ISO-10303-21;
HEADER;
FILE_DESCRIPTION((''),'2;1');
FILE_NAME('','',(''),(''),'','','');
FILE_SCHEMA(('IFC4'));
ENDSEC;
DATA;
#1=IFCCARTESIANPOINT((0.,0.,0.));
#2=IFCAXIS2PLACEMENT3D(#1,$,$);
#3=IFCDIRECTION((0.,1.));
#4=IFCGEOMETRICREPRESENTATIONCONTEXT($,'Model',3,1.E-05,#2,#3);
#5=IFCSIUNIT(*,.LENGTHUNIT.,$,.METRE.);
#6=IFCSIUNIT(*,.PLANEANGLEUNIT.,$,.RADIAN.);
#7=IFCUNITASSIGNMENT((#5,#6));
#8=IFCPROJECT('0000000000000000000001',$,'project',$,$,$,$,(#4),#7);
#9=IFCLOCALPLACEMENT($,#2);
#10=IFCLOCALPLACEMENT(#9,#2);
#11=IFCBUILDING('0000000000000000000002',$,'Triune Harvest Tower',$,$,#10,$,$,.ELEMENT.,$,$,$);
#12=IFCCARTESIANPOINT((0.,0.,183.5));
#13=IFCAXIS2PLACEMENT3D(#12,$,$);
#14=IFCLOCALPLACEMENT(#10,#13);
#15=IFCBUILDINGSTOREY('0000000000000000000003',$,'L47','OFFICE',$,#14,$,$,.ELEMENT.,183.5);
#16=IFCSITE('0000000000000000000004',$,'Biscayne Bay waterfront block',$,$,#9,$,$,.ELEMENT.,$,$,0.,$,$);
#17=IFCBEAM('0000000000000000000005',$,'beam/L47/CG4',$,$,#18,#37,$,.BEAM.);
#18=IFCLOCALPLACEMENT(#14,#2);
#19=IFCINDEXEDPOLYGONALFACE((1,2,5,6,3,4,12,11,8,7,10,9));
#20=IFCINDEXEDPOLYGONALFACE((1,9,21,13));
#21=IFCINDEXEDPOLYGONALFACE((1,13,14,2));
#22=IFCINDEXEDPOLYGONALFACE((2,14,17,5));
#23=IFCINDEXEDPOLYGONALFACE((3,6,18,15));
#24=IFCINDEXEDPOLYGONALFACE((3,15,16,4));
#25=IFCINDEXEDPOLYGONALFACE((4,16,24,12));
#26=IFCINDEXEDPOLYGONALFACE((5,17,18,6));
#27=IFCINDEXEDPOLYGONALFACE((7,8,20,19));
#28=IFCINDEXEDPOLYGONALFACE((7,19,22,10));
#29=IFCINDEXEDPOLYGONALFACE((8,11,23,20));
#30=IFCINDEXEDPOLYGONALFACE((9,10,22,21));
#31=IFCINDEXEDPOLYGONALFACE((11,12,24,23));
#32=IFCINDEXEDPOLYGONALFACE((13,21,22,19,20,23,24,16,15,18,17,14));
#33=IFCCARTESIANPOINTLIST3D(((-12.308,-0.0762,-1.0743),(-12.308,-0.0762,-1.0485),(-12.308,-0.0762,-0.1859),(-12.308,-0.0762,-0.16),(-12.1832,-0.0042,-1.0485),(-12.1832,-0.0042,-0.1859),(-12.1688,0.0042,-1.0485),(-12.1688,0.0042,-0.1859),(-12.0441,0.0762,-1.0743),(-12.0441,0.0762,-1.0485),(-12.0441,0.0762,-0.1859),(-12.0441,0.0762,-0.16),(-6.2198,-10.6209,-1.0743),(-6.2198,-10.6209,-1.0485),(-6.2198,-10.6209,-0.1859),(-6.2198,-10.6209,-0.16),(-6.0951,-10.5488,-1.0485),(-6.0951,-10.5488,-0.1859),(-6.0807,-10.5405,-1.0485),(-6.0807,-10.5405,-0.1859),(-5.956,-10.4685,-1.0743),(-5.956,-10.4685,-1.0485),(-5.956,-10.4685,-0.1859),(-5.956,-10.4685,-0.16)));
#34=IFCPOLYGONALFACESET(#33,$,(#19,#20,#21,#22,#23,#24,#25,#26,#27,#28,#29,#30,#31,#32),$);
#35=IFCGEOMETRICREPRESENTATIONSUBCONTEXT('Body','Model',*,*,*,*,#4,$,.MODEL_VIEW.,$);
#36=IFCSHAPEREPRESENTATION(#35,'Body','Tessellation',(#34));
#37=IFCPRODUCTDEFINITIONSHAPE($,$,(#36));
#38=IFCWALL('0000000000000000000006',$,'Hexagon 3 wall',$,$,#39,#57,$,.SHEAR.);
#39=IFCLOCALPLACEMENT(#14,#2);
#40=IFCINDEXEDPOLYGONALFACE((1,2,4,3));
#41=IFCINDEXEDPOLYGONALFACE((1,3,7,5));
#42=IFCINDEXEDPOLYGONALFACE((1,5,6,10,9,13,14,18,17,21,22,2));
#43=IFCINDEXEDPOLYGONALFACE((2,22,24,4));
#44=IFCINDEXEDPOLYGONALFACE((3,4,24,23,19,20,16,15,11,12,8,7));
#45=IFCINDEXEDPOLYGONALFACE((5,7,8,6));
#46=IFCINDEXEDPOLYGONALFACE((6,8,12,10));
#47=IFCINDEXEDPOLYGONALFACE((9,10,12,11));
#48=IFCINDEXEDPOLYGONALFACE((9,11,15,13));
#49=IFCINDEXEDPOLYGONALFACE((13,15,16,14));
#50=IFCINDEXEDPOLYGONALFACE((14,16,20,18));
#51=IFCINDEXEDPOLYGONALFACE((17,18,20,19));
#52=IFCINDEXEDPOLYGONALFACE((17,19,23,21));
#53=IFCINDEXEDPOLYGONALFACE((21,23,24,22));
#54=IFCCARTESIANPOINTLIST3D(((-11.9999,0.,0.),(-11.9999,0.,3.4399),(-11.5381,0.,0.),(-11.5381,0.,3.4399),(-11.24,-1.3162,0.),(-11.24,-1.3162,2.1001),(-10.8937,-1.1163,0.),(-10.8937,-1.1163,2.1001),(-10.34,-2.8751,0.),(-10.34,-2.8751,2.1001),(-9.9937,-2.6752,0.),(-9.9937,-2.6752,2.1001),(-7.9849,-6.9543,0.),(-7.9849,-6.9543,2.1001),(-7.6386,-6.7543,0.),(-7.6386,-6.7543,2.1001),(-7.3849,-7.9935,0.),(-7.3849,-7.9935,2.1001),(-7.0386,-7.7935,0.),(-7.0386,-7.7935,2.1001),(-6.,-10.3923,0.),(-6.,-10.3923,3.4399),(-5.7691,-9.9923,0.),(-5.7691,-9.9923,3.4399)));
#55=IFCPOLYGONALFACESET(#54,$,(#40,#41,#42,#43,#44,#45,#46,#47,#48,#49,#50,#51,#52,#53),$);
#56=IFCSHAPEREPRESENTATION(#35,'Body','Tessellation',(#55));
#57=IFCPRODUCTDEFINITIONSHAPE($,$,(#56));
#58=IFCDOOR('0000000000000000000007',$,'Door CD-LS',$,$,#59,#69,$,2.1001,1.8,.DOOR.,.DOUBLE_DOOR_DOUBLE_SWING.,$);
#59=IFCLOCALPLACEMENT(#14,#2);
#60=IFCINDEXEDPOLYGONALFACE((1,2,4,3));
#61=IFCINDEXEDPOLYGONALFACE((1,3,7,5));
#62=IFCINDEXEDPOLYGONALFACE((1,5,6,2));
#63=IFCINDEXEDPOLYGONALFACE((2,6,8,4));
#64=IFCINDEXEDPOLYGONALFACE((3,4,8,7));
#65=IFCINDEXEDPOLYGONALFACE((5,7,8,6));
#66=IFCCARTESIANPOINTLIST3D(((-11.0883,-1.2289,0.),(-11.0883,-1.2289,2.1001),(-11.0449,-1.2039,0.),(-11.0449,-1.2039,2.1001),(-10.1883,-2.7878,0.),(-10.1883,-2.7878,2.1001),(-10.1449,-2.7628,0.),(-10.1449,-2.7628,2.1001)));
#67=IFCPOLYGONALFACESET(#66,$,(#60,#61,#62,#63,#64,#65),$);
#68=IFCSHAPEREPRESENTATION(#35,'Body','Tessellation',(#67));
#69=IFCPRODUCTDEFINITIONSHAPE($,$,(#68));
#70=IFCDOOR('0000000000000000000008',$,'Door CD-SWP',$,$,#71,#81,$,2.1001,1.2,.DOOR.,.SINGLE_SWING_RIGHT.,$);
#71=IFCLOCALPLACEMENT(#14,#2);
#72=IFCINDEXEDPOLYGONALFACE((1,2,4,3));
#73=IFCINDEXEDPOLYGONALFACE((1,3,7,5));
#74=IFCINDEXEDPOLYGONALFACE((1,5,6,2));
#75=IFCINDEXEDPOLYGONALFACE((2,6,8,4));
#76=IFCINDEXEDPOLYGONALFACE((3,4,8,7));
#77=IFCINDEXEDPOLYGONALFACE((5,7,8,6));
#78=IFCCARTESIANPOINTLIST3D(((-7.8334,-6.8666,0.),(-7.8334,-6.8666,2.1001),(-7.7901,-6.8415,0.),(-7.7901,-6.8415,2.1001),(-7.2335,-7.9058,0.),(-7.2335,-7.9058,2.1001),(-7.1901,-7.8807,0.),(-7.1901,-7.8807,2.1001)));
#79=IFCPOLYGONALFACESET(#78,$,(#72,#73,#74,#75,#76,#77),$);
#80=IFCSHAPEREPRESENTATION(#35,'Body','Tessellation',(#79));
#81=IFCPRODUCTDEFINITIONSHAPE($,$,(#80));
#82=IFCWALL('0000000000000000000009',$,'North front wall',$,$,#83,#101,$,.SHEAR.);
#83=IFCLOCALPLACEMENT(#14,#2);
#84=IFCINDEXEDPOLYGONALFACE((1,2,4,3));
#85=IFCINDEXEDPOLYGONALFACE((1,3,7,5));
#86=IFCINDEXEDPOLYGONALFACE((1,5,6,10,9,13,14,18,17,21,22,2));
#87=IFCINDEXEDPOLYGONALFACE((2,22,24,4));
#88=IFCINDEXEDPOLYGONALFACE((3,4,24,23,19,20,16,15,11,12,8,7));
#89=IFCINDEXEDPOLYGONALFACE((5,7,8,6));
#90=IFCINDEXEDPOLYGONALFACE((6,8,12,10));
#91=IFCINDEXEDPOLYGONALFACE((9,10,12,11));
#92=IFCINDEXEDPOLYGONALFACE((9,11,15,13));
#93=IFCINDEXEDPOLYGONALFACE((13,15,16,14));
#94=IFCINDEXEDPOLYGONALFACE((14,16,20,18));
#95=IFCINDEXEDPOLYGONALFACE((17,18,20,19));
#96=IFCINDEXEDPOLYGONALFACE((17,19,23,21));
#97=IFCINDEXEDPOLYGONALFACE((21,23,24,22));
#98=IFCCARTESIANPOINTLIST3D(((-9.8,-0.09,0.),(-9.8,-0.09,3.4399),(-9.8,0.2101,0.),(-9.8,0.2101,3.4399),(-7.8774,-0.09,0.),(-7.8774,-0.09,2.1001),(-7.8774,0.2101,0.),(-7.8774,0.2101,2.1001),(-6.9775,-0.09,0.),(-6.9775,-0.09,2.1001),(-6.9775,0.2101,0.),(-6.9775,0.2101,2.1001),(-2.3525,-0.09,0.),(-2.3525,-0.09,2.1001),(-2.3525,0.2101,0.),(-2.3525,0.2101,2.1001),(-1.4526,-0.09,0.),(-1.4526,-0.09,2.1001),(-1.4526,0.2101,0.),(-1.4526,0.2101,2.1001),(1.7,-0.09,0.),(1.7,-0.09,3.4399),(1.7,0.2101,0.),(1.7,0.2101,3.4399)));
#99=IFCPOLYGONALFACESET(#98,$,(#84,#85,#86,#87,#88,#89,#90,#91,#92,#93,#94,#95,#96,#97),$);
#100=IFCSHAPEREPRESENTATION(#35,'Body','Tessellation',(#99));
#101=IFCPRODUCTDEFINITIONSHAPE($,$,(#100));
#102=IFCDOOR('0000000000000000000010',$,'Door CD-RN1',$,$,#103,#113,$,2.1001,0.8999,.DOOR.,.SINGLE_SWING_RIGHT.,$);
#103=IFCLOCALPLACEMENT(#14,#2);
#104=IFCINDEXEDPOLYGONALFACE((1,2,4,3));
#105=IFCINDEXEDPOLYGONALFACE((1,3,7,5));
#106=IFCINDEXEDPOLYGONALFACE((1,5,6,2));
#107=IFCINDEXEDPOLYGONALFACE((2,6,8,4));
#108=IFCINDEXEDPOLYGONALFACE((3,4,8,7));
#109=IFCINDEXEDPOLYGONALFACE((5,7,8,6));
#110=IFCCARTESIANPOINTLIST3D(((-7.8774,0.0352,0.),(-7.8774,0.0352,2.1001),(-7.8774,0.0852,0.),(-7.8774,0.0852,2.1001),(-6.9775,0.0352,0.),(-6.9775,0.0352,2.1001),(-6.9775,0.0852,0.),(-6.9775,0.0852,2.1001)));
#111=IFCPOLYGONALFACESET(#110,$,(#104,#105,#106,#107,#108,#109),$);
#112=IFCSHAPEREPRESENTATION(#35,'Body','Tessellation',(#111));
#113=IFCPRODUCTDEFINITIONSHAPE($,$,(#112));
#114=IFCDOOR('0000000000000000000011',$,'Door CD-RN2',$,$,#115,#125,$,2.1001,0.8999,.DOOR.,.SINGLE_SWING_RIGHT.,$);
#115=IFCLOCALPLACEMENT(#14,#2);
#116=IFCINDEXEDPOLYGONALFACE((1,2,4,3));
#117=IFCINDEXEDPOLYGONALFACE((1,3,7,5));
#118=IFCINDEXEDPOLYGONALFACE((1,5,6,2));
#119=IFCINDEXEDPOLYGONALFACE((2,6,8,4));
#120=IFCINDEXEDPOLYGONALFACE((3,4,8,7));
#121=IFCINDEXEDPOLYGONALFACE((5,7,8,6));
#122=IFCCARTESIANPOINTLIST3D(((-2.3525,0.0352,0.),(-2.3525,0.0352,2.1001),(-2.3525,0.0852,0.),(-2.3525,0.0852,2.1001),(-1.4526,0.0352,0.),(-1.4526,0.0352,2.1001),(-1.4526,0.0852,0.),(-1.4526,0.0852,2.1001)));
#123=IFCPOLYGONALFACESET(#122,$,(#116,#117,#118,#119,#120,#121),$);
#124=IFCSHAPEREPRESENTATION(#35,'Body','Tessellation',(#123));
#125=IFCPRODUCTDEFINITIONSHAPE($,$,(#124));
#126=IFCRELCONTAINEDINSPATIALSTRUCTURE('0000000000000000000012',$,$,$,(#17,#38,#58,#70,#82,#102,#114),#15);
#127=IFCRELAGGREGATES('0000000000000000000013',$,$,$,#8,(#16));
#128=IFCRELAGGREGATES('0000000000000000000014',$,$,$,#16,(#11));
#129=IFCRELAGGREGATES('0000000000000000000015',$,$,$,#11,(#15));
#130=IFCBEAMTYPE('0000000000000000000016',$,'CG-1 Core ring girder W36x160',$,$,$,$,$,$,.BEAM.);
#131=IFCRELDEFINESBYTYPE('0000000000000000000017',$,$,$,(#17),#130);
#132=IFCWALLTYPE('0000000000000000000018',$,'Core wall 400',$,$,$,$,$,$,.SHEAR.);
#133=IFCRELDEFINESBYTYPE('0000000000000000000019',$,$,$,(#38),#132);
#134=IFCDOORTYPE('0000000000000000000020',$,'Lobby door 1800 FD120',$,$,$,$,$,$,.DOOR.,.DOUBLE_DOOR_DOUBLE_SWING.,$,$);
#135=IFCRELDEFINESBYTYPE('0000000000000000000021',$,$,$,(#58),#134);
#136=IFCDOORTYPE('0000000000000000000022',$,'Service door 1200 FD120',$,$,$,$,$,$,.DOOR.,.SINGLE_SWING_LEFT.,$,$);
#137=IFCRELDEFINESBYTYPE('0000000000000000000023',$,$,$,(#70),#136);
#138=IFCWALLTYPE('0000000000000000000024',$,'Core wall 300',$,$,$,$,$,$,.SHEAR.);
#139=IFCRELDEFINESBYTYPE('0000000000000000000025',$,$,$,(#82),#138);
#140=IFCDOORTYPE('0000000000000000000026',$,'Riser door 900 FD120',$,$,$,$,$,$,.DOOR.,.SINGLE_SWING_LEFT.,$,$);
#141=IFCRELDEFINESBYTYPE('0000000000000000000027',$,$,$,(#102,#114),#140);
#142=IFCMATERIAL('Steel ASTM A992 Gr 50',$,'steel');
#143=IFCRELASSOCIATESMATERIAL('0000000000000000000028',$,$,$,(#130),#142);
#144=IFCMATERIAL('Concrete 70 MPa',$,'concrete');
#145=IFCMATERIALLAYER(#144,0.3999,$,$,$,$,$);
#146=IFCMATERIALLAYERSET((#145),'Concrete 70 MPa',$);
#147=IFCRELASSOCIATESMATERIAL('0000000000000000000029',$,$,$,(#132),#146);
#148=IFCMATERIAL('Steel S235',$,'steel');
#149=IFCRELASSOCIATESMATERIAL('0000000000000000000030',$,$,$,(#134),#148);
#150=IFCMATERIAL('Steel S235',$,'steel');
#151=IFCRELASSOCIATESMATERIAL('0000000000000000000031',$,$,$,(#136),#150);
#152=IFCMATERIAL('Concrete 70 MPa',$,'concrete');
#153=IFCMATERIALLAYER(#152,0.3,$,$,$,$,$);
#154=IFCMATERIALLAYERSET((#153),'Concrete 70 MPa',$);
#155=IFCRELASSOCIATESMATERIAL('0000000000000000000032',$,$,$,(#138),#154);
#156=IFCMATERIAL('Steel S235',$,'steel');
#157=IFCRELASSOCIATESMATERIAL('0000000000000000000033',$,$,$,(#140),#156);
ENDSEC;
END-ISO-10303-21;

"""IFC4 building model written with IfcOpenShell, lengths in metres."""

from ifc_helpers import new_model, si_unit, direction, frame, frame_2d, origin, origin_2d, place, context, subcontext, project, spatial, polyline, rectangle, i_section, outline, extrude, source, transform, mapped, material, layer, layer_set, material_profile, profile_set, type_object, element, fill, save


model = new_model("IFC4")

# Units and contexts
model_context = context("Model", 3, precision=1e-05, world=origin(), true_north=direction((0.0, 1.0)))
body_context = subcontext(model_context, "Body", "Model", "MODEL_VIEW")
ifc_project = project(units=[si_unit("LENGTHUNIT", "METRE"), si_unit("PLANEANGLEUNIT", "RADIAN")], contexts=[model_context])

# Site, building, storey
site_placement = place(None, origin())
site = spatial("IfcSite", under=ifc_project, at=site_placement, Name="Biscayne Bay waterfront block", CompositionType="ELEMENT", RefElevation=0.0)
building_placement = place(site_placement, origin())
building = spatial("IfcBuilding", under=site, at=building_placement, Name="Triune Harvest Tower", CompositionType="ELEMENT")
storey_placement = place(building_placement, frame((0.0, 0.0, 183.5)))
storey = spatial("IfcBuildingStorey", under=building, at=storey_placement, Name="L47", Description="OFFICE", CompositionType="ELEMENT", Elevation=183.5)

# Beam
ifc_material_1 = material(Name="Steel ASTM A992 Gr 50", Category="steel")
ifc_material_profile = material_profile(ifc_material_1, i_section(OverallWidth=0.3047, OverallDepth=0.9143, WebThickness=0.0166, FlangeThickness=0.0259, at=origin_2d()), Name="W36x160")
ifc_profile_set = profile_set([ifc_material_profile], Name="Steel ASTM A992 Gr 50")
beam_type = type_object("IfcBeamType", Name="CG-1 Core ring girder W36x160", PredefinedType="BEAM", material=ifc_profile_set)
shared_shape_1 = source(origin(), body_context, "Body", "SweptSolid", [
    extrude(i_section(OverallWidth=0.3047, OverallDepth=0.9143, WebThickness=0.0166, FlangeThickness=0.0259, at=origin_2d()), origin(), (0.0, 0.0, 1.0), 12.176),
])
beam_placement = place(storey_placement, frame((-12.176, 0.0, -0.6172), z_axis=(0.50001, -0.86602, 0.0), x_axis=(0.86602, 0.50001, 0.0)))
element("IfcBeam", 1, at=beam_placement, inside=storey, type_object=beam_type, Name="beam/L47/CG4", PredefinedType="BEAM", context=body_context, shape_type="MappedRepresentation", body=[
    mapped(shared_shape_1, transform((0.0, 0.0, 0.0), scale=1.0)),
])

# Walls, openings, doors
ifc_material_2 = material(Name="Concrete 70 MPa", Category="concrete")
ifc_layer_1 = layer(ifc_material_2, 0.3999)
ifc_layer_set_1 = layer_set([ifc_layer_1], Name="Concrete 70 MPa")
wall_type_1 = type_object("IfcWallType", Name="Core wall 400", PredefinedType="SHEAR", material=ifc_layer_set_1)
shared_shape_2 = source(origin(), body_context, "Body", "SweptSolid", [
    extrude(outline(polyline([(-0.1155, -0.2), (11.8845, -0.2), (11.6536, 0.2), (0.1155, 0.2), (-0.1155, -0.2)])), origin(), (0.0, 0.0, 1.0), 3.4399),
])
wall_1_placement = place(storey_placement, frame((-11.769, 0.0, 0.0), z_axis=(0.0, 0.0, 1.0), x_axis=(0.499997, -0.866027, 0.0)))
wall_1 = element("IfcWall", 2, at=wall_1_placement, inside=storey, type_object=wall_type_1, Name="Hexagon 3 wall", PredefinedType="SHEAR", context=body_context, shape_type="MappedRepresentation", body=[
    mapped(shared_shape_2, transform((0.0, 0.0, 0.0), scale=1.0)),
])
opening_1_placement = place(wall_1_placement, frame((1.4045, 0.0, 0.0)))
opening_1 = element("IfcOpeningElement", 3, at=opening_1_placement, cuts=wall_1, PredefinedType="OPENING", context=body_context, shape_type="SweptSolid", body=[
    extrude(rectangle(XDim=1.8, YDim=2.1001, at=frame_2d((0.8999, 1.05))), frame((0.0, 0.21, 0.0), z_axis=(0.0, -1.0, 0.0), x_axis=(1.0, 0.0, 0.0)), (0.0, 0.0, 1.0), 0.4199),
])
opening_2_placement = place(wall_1_placement, frame((7.9146, 0.0, 0.0)))
opening_2 = element("IfcOpeningElement", 4, at=opening_2_placement, cuts=wall_1, PredefinedType="OPENING", context=body_context, shape_type="SweptSolid", body=[
    extrude(rectangle(XDim=1.2, YDim=2.1001, at=frame_2d((0.6001, 1.05))), frame((0.0, 0.21, 0.0), z_axis=(0.0, -1.0, 0.0), x_axis=(1.0, 0.0, 0.0)), (0.0, 0.0, 1.0), 0.4199),
])
ifc_material_3 = material(Name="Steel S235", Category="steel")
door_type_1 = type_object("IfcDoorType", Name="Lobby door 1800 FD120", OperationType="DOUBLE_DOOR_DOUBLE_SWING", PredefinedType="DOOR", material=ifc_material_3)
door_1_placement = place(opening_1_placement, frame((1.8, 0.0, 0.0), z_axis=(0.0, 0.0, 1.0), x_axis=(-1.0, 0.0, 0.0)))
door_1 = element("IfcDoor", 5, at=door_1_placement, inside=storey, type_object=door_type_1, Name="Door CD-LS", OperationType="DOUBLE_DOOR_DOUBLE_SWING", OverallHeight=2.1001, OverallWidth=1.8, PredefinedType="DOOR", context=body_context, shape_type="SweptSolid", body=[
    extrude(rectangle(XDim=1.8, YDim=2.1001, at=frame_2d((0.8999, 1.05))), frame((0.0, 0.0249, 0.0), z_axis=(0.0, -1.0, 0.0), x_axis=(1.0, 0.0, 0.0)), (0.0, 0.0, 1.0), 0.05),
])
fill(opening_1, door_1)
ifc_material_4 = material(Name="Steel S235", Category="steel")
door_type_2 = type_object("IfcDoorType", Name="Service door 1200 FD120", OperationType="SINGLE_SWING_LEFT", PredefinedType="DOOR", material=ifc_material_4)
door_2_placement = place(opening_2_placement, frame((1.2, 0.0, 0.0), z_axis=(0.0, 0.0, 1.0), x_axis=(-1.0, 0.0, 0.0)))
door_2 = element("IfcDoor", 6, at=door_2_placement, inside=storey, type_object=door_type_2, Name="Door CD-SWP", OperationType="SINGLE_SWING_RIGHT", OverallHeight=2.1001, OverallWidth=1.2, PredefinedType="DOOR", context=body_context, shape_type="SweptSolid", body=[
    extrude(rectangle(XDim=1.2, YDim=2.1001, at=frame_2d((0.6001, 1.05))), frame((0.0, 0.0249, 0.0), z_axis=(0.0, -1.0, 0.0), x_axis=(1.0, 0.0, 0.0)), (0.0, 0.0, 1.0), 0.05),
])
fill(opening_2, door_2)
ifc_material_5 = material(Name="Concrete 70 MPa", Category="concrete")
ifc_layer_2 = layer(ifc_material_5, 0.3)
ifc_layer_set_2 = layer_set([ifc_layer_2], Name="Concrete 70 MPa")
wall_type_2 = type_object("IfcWallType", Name="Core wall 300", PredefinedType="SHEAR", material=ifc_layer_set_2)
shared_shape_3 = source(origin(), body_context, "Body", "SweptSolid", [
    extrude(rectangle(XDim=11.5, YDim=0.3, at=frame_2d((5.75, 0.0))), origin(), (0.0, 0.0, 1.0), 3.4399),
])
wall_2_placement = place(storey_placement, frame((-9.8, 0.0601, 0.0), z_axis=(0.0, 0.0, 1.0), x_axis=(1.0, 0.0, 0.0)))
wall_2 = element("IfcWall", 7, at=wall_2_placement, inside=storey, type_object=wall_type_2, Name="North front wall", PredefinedType="SHEAR", context=body_context, shape_type="MappedRepresentation", body=[
    mapped(shared_shape_3, transform((0.0, 0.0, 0.0), scale=1.0)),
])
opening_3_placement = place(wall_2_placement, frame((1.9226, 0.0, 0.0)))
opening_3 = element("IfcOpeningElement", 8, at=opening_3_placement, cuts=wall_2, PredefinedType="OPENING", context=body_context, shape_type="SweptSolid", body=[
    extrude(rectangle(XDim=0.8999, YDim=2.1001, at=frame_2d((0.45, 1.05))), frame((0.0, 0.1602, 0.0), z_axis=(0.0, -1.0, 0.0), x_axis=(1.0, 0.0, 0.0)), (0.0, 0.0, 1.0), 0.3201),
])
opening_4_placement = place(wall_2_placement, frame((7.4475, 0.0, 0.0)))
opening_4 = element("IfcOpeningElement", 9, at=opening_4_placement, cuts=wall_2, PredefinedType="OPENING", context=body_context, shape_type="SweptSolid", body=[
    extrude(rectangle(XDim=0.8999, YDim=2.1001, at=frame_2d((0.45, 1.05))), frame((0.0, 0.1602, 0.0), z_axis=(0.0, -1.0, 0.0), x_axis=(1.0, 0.0, 0.0)), (0.0, 0.0, 1.0), 0.3201),
])
ifc_material_6 = material(Name="Steel S235", Category="steel")
door_type_3 = type_object("IfcDoorType", Name="Riser door 900 FD120", OperationType="SINGLE_SWING_LEFT", PredefinedType="DOOR", material=ifc_material_6)
door_3_placement = place(opening_3_placement, frame((0.8999, 0.0, 0.0), z_axis=(0.0, 0.0, 1.0), x_axis=(-1.0, 0.0, 0.0)))
door_3 = element("IfcDoor", 10, at=door_3_placement, inside=storey, type_object=door_type_3, Name="Door CD-RN1", OperationType="SINGLE_SWING_RIGHT", OverallHeight=2.1001, OverallWidth=0.8999, PredefinedType="DOOR", context=body_context, shape_type="SweptSolid", body=[
    extrude(rectangle(XDim=0.8999, YDim=2.1001, at=frame_2d((0.45, 1.05))), frame((0.0, 0.0249, 0.0), z_axis=(0.0, -1.0, 0.0), x_axis=(1.0, 0.0, 0.0)), (0.0, 0.0, 1.0), 0.05),
])
fill(opening_3, door_3)
door_4_placement = place(opening_4_placement, frame((0.8999, 0.0, 0.0), z_axis=(0.0, 0.0, 1.0), x_axis=(-1.0, 0.0, 0.0)))
door_4 = element("IfcDoor", 11, at=door_4_placement, inside=storey, type_object=door_type_3, Name="Door CD-RN2", OperationType="SINGLE_SWING_RIGHT", OverallHeight=2.1001, OverallWidth=0.8999, PredefinedType="DOOR", context=body_context, shape_type="SweptSolid", body=[
    extrude(rectangle(XDim=0.8999, YDim=2.1001, at=frame_2d((0.45, 1.05))), frame((0.0, 0.0249, 0.0), z_axis=(0.0, -1.0, 0.0), x_axis=(1.0, 0.0, 0.0)), (0.0, 0.0, 1.0), 0.05),
])
fill(opening_4, door_4)

save(model, "model.ifc")
